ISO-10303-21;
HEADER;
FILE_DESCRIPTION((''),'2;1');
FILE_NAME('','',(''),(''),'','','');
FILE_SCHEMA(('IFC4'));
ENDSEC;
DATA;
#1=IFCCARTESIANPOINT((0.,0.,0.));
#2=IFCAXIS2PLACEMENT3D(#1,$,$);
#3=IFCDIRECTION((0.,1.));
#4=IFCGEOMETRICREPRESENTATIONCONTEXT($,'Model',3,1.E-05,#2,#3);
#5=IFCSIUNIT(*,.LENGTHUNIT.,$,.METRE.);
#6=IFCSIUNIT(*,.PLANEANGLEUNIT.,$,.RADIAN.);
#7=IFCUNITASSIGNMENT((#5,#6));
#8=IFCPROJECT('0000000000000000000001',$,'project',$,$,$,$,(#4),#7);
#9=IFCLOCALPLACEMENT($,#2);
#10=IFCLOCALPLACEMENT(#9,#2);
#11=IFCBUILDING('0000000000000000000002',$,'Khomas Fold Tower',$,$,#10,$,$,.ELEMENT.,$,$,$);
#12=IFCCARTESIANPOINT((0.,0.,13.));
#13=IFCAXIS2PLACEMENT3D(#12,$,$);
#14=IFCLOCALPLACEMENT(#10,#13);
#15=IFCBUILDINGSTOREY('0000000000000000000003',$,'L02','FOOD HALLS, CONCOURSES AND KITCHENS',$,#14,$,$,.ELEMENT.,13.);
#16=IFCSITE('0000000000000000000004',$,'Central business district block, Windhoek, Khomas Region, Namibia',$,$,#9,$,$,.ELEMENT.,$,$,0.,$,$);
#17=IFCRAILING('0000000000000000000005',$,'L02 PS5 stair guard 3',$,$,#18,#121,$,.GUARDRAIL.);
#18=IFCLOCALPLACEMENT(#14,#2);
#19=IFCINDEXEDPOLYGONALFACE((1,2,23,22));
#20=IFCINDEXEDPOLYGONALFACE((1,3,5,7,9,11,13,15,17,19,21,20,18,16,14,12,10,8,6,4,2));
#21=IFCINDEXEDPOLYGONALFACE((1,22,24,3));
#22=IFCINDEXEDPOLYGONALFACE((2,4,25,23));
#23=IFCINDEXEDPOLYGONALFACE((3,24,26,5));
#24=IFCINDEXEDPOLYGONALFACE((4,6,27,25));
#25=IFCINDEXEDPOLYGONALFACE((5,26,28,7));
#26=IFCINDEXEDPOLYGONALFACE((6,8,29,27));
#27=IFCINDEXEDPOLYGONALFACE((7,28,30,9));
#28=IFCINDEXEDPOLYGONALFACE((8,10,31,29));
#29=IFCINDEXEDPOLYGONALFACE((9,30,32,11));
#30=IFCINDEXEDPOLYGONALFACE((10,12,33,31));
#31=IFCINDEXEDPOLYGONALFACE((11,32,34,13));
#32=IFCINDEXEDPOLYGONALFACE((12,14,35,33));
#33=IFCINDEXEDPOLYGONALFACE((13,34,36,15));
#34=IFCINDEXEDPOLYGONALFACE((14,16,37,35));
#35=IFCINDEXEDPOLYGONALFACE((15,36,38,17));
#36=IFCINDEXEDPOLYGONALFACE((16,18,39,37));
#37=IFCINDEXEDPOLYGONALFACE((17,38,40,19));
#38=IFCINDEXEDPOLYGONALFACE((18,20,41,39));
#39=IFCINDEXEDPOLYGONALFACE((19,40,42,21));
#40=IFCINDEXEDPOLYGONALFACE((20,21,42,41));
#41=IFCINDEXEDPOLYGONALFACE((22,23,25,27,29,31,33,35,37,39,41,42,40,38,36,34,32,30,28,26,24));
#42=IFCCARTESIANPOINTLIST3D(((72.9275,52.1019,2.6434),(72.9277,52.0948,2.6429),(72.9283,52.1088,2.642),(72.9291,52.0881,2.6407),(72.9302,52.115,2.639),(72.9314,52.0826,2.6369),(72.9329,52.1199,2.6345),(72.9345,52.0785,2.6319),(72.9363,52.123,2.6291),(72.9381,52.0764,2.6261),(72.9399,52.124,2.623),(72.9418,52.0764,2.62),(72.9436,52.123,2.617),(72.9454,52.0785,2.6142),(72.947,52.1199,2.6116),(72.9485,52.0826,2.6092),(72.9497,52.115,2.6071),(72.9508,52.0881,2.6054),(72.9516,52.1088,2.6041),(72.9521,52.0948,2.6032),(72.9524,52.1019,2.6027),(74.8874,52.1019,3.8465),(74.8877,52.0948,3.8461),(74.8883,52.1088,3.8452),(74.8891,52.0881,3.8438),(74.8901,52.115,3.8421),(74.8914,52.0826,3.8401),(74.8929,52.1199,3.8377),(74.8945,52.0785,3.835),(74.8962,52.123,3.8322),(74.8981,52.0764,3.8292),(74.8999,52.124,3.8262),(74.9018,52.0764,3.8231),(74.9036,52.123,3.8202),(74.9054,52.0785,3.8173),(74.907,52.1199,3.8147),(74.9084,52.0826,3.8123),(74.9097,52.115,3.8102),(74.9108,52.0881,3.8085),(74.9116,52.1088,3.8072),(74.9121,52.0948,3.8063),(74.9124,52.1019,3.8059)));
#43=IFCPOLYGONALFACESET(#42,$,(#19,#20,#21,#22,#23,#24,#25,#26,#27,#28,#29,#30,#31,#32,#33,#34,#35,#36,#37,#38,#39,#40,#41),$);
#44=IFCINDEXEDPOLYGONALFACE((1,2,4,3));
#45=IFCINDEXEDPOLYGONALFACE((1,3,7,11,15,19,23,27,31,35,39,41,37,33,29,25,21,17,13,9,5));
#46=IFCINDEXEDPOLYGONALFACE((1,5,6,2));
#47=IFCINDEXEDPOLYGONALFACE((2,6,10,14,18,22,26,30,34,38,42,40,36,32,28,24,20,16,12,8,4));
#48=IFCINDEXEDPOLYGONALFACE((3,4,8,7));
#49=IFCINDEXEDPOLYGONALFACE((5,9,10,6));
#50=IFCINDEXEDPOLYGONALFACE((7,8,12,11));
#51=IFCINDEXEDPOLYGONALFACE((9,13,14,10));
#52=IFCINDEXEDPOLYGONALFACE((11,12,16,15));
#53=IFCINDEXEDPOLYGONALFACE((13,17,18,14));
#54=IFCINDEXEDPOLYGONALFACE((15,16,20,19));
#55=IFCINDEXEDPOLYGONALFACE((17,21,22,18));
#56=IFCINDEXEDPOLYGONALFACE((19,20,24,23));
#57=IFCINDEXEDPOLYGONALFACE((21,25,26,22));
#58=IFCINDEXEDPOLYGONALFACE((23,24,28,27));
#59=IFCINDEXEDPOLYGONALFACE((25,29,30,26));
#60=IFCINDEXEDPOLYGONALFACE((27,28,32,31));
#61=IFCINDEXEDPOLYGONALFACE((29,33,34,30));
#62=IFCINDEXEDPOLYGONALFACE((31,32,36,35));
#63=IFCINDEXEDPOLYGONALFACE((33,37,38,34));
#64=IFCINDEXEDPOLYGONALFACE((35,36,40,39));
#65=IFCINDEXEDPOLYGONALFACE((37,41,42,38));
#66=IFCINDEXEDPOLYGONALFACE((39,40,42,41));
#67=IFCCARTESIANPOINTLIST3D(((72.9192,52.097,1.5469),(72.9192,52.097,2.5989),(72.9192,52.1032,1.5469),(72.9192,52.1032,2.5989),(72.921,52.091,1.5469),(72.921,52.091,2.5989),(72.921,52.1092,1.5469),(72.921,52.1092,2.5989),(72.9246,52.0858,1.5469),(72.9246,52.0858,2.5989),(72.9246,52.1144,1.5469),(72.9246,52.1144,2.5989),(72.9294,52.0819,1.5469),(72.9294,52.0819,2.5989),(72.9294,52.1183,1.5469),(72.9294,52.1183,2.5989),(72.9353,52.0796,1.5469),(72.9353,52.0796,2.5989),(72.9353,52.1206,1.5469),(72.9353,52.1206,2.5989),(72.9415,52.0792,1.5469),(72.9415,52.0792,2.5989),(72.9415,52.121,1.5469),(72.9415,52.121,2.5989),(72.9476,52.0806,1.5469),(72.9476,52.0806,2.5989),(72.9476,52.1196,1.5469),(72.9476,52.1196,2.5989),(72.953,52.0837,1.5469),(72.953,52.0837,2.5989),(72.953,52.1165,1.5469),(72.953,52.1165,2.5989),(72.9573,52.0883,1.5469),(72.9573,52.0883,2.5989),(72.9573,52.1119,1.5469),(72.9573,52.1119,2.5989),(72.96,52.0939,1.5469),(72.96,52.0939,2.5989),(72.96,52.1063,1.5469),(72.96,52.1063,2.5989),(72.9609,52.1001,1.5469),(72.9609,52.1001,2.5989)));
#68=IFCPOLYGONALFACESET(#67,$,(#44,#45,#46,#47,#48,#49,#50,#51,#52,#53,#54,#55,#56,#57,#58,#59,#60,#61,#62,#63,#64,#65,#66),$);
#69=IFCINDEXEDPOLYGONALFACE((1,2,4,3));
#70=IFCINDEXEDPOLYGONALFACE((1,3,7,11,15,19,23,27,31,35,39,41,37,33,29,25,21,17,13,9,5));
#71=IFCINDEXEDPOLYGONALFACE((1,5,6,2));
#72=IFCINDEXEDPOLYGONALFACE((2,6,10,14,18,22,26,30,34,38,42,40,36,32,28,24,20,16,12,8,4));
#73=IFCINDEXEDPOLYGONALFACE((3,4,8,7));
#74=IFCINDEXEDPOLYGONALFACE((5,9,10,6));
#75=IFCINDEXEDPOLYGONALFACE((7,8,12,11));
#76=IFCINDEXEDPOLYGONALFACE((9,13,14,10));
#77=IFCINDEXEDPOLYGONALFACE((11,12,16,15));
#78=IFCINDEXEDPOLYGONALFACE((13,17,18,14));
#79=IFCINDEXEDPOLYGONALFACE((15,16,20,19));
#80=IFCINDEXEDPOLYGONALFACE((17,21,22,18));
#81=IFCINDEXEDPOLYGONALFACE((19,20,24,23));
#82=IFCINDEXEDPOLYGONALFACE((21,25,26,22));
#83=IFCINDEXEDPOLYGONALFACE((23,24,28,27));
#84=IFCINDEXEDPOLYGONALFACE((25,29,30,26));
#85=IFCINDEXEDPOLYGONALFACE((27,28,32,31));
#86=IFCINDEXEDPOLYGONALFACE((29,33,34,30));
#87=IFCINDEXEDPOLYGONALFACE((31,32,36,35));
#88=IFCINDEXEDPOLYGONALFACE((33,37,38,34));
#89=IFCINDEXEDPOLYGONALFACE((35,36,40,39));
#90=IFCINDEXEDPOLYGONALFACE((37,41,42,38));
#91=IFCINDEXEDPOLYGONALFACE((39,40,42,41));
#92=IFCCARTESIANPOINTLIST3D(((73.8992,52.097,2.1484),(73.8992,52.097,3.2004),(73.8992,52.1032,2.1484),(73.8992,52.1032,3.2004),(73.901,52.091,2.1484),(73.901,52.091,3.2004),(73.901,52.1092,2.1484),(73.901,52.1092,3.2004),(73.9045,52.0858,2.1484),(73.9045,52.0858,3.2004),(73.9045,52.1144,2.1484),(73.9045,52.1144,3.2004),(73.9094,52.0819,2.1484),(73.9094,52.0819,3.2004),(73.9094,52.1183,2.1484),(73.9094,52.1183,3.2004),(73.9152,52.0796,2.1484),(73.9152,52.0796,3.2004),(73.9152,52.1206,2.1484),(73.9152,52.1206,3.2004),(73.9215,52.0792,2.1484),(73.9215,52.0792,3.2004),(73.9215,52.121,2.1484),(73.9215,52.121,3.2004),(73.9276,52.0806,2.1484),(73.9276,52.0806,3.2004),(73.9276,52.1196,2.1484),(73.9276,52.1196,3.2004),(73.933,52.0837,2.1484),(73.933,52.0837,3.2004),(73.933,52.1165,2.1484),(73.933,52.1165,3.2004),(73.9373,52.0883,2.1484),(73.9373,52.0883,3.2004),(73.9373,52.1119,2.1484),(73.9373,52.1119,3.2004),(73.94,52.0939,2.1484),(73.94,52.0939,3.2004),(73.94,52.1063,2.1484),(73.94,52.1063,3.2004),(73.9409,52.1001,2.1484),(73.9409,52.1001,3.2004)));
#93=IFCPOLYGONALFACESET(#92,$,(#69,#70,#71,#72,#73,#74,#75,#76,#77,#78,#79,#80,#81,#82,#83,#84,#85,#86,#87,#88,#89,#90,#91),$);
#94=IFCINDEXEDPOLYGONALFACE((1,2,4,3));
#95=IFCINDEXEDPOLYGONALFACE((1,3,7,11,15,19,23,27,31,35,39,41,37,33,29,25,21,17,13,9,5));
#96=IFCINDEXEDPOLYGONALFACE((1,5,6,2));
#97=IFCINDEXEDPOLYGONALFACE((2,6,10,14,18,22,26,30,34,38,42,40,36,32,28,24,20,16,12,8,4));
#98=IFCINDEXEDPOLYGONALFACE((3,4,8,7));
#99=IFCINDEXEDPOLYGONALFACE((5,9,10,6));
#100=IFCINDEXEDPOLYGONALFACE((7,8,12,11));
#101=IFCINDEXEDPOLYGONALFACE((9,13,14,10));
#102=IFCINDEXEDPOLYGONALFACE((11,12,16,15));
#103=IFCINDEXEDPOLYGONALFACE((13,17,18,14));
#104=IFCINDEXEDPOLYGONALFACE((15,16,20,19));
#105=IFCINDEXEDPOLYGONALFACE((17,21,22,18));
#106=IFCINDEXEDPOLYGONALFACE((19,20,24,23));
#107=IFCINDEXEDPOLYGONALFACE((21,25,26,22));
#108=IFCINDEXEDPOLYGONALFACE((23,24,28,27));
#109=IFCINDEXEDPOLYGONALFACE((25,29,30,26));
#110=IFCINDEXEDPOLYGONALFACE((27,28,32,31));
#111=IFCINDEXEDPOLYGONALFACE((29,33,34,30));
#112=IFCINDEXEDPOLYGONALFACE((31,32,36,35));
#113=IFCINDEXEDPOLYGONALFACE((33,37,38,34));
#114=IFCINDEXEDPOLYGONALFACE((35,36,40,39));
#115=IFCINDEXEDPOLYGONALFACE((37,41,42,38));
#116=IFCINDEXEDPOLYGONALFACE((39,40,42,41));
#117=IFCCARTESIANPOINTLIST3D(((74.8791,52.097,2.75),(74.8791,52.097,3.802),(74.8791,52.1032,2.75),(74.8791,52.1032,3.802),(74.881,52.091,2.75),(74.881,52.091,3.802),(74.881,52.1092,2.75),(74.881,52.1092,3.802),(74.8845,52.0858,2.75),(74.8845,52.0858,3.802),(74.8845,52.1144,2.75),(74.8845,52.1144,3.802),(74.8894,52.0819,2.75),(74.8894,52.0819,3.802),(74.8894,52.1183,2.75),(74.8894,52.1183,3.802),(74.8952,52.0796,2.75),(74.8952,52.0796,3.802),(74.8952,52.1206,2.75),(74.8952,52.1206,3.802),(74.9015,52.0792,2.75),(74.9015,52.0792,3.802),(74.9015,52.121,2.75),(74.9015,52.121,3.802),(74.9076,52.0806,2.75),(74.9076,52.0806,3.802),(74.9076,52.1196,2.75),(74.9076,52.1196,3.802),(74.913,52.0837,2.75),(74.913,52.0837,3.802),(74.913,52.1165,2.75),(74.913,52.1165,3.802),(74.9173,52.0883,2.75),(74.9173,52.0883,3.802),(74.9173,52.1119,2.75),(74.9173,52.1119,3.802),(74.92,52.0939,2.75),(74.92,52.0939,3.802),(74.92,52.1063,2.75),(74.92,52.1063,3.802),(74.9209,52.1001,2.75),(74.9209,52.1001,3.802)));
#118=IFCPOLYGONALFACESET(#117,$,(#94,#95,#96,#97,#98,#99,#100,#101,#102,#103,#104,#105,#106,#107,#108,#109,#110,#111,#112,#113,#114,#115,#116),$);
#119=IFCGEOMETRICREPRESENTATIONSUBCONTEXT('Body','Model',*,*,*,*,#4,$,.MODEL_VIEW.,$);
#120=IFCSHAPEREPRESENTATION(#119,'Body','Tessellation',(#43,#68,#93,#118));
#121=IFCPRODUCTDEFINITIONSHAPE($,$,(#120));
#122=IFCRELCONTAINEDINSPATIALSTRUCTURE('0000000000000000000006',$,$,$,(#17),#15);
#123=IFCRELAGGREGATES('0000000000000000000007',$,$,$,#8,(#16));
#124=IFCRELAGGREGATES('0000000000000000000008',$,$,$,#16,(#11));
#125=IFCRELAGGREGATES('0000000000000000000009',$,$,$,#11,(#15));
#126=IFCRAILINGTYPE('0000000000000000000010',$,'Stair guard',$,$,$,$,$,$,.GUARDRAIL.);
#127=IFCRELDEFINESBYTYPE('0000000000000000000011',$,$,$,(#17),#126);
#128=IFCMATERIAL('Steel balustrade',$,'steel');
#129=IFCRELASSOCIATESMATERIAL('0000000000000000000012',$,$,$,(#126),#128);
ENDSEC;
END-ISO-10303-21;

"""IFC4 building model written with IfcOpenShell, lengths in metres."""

from ifc_helpers import new_model, si_unit, direction, frame, origin, origin_2d, place, context, subcontext, project, spatial, circle, extrude, source, transform, mapped, material, type_object, element, save


model = new_model("IFC4")

# Units and contexts
model_context = context("Model", 3, precision=1e-05, world=origin(), true_north=direction((0.0, 1.0)))
body_context = subcontext(model_context, "Body", "Model", "MODEL_VIEW")
ifc_project = project(units=[si_unit("LENGTHUNIT", "METRE"), si_unit("PLANEANGLEUNIT", "RADIAN")], contexts=[model_context])

# Site, building, storey
site_placement = place(None, origin())
site = spatial("IfcSite", under=ifc_project, at=site_placement, Name="Central business district block, Windhoek, Khomas Region, Namibia", CompositionType="ELEMENT", RefElevation=0.0)
building_placement = place(site_placement, origin())
building = spatial("IfcBuilding", under=site, at=building_placement, Name="Khomas Fold Tower", CompositionType="ELEMENT")
storey_placement = place(building_placement, frame((0.0, 0.0, 13.0)))
storey = spatial("IfcBuildingStorey", under=building, at=storey_placement, Name="L02", Description="FOOD HALLS, CONCOURSES AND KITCHENS", CompositionType="ELEMENT", Elevation=13.0)

# Railing
ifc_material_1 = material(Name="Steel balustrade", Category="steel")
railing_type_1 = type_object("IfcRailingType", Name="Stair guard", PredefinedType="GUARDRAIL", material=ifc_material_1)
shared_shape_1 = source(origin(), body_context, "Body", "SweptSolid", [
    extrude(circle(Radius=0.0239, at=origin_2d()), frame((0.0, 0.0, 1.0762), z_axis=(0.852241, 0.0, 0.523149), x_axis=(0.0, 1.0, 0.0)), (0.0, 0.0, 1.0), 2.2998),
    extrude(circle(Radius=0.021, at=origin_2d()), origin(), (0.0, 0.0, 1.0), 1.052),
    extrude(circle(Radius=0.021, at=origin_2d()), frame((0.98, 0.0, 0.6016)), (0.0, 0.0, 1.0), 1.052),
    extrude(circle(Radius=0.021, at=origin_2d()), frame((1.96, 0.0, 1.2031)), (0.0, 0.0, 1.0), 1.052),
])
for number, where, name in (
    (1, (72.9399, 52.1001, 1.5469), "L02 PS5 stair guard 3"),
):
    element("IfcRailing", number, at=place(storey_placement, frame(where)), inside=storey, type_object=railing_type_1, Name=name, PredefinedType="GUARDRAIL", context=body_context, shape_type="MappedRepresentation", body=[
        mapped(shared_shape_1, transform((0.0, 0.0, 0.0))),
    ])

save(model, "model.ifc")
